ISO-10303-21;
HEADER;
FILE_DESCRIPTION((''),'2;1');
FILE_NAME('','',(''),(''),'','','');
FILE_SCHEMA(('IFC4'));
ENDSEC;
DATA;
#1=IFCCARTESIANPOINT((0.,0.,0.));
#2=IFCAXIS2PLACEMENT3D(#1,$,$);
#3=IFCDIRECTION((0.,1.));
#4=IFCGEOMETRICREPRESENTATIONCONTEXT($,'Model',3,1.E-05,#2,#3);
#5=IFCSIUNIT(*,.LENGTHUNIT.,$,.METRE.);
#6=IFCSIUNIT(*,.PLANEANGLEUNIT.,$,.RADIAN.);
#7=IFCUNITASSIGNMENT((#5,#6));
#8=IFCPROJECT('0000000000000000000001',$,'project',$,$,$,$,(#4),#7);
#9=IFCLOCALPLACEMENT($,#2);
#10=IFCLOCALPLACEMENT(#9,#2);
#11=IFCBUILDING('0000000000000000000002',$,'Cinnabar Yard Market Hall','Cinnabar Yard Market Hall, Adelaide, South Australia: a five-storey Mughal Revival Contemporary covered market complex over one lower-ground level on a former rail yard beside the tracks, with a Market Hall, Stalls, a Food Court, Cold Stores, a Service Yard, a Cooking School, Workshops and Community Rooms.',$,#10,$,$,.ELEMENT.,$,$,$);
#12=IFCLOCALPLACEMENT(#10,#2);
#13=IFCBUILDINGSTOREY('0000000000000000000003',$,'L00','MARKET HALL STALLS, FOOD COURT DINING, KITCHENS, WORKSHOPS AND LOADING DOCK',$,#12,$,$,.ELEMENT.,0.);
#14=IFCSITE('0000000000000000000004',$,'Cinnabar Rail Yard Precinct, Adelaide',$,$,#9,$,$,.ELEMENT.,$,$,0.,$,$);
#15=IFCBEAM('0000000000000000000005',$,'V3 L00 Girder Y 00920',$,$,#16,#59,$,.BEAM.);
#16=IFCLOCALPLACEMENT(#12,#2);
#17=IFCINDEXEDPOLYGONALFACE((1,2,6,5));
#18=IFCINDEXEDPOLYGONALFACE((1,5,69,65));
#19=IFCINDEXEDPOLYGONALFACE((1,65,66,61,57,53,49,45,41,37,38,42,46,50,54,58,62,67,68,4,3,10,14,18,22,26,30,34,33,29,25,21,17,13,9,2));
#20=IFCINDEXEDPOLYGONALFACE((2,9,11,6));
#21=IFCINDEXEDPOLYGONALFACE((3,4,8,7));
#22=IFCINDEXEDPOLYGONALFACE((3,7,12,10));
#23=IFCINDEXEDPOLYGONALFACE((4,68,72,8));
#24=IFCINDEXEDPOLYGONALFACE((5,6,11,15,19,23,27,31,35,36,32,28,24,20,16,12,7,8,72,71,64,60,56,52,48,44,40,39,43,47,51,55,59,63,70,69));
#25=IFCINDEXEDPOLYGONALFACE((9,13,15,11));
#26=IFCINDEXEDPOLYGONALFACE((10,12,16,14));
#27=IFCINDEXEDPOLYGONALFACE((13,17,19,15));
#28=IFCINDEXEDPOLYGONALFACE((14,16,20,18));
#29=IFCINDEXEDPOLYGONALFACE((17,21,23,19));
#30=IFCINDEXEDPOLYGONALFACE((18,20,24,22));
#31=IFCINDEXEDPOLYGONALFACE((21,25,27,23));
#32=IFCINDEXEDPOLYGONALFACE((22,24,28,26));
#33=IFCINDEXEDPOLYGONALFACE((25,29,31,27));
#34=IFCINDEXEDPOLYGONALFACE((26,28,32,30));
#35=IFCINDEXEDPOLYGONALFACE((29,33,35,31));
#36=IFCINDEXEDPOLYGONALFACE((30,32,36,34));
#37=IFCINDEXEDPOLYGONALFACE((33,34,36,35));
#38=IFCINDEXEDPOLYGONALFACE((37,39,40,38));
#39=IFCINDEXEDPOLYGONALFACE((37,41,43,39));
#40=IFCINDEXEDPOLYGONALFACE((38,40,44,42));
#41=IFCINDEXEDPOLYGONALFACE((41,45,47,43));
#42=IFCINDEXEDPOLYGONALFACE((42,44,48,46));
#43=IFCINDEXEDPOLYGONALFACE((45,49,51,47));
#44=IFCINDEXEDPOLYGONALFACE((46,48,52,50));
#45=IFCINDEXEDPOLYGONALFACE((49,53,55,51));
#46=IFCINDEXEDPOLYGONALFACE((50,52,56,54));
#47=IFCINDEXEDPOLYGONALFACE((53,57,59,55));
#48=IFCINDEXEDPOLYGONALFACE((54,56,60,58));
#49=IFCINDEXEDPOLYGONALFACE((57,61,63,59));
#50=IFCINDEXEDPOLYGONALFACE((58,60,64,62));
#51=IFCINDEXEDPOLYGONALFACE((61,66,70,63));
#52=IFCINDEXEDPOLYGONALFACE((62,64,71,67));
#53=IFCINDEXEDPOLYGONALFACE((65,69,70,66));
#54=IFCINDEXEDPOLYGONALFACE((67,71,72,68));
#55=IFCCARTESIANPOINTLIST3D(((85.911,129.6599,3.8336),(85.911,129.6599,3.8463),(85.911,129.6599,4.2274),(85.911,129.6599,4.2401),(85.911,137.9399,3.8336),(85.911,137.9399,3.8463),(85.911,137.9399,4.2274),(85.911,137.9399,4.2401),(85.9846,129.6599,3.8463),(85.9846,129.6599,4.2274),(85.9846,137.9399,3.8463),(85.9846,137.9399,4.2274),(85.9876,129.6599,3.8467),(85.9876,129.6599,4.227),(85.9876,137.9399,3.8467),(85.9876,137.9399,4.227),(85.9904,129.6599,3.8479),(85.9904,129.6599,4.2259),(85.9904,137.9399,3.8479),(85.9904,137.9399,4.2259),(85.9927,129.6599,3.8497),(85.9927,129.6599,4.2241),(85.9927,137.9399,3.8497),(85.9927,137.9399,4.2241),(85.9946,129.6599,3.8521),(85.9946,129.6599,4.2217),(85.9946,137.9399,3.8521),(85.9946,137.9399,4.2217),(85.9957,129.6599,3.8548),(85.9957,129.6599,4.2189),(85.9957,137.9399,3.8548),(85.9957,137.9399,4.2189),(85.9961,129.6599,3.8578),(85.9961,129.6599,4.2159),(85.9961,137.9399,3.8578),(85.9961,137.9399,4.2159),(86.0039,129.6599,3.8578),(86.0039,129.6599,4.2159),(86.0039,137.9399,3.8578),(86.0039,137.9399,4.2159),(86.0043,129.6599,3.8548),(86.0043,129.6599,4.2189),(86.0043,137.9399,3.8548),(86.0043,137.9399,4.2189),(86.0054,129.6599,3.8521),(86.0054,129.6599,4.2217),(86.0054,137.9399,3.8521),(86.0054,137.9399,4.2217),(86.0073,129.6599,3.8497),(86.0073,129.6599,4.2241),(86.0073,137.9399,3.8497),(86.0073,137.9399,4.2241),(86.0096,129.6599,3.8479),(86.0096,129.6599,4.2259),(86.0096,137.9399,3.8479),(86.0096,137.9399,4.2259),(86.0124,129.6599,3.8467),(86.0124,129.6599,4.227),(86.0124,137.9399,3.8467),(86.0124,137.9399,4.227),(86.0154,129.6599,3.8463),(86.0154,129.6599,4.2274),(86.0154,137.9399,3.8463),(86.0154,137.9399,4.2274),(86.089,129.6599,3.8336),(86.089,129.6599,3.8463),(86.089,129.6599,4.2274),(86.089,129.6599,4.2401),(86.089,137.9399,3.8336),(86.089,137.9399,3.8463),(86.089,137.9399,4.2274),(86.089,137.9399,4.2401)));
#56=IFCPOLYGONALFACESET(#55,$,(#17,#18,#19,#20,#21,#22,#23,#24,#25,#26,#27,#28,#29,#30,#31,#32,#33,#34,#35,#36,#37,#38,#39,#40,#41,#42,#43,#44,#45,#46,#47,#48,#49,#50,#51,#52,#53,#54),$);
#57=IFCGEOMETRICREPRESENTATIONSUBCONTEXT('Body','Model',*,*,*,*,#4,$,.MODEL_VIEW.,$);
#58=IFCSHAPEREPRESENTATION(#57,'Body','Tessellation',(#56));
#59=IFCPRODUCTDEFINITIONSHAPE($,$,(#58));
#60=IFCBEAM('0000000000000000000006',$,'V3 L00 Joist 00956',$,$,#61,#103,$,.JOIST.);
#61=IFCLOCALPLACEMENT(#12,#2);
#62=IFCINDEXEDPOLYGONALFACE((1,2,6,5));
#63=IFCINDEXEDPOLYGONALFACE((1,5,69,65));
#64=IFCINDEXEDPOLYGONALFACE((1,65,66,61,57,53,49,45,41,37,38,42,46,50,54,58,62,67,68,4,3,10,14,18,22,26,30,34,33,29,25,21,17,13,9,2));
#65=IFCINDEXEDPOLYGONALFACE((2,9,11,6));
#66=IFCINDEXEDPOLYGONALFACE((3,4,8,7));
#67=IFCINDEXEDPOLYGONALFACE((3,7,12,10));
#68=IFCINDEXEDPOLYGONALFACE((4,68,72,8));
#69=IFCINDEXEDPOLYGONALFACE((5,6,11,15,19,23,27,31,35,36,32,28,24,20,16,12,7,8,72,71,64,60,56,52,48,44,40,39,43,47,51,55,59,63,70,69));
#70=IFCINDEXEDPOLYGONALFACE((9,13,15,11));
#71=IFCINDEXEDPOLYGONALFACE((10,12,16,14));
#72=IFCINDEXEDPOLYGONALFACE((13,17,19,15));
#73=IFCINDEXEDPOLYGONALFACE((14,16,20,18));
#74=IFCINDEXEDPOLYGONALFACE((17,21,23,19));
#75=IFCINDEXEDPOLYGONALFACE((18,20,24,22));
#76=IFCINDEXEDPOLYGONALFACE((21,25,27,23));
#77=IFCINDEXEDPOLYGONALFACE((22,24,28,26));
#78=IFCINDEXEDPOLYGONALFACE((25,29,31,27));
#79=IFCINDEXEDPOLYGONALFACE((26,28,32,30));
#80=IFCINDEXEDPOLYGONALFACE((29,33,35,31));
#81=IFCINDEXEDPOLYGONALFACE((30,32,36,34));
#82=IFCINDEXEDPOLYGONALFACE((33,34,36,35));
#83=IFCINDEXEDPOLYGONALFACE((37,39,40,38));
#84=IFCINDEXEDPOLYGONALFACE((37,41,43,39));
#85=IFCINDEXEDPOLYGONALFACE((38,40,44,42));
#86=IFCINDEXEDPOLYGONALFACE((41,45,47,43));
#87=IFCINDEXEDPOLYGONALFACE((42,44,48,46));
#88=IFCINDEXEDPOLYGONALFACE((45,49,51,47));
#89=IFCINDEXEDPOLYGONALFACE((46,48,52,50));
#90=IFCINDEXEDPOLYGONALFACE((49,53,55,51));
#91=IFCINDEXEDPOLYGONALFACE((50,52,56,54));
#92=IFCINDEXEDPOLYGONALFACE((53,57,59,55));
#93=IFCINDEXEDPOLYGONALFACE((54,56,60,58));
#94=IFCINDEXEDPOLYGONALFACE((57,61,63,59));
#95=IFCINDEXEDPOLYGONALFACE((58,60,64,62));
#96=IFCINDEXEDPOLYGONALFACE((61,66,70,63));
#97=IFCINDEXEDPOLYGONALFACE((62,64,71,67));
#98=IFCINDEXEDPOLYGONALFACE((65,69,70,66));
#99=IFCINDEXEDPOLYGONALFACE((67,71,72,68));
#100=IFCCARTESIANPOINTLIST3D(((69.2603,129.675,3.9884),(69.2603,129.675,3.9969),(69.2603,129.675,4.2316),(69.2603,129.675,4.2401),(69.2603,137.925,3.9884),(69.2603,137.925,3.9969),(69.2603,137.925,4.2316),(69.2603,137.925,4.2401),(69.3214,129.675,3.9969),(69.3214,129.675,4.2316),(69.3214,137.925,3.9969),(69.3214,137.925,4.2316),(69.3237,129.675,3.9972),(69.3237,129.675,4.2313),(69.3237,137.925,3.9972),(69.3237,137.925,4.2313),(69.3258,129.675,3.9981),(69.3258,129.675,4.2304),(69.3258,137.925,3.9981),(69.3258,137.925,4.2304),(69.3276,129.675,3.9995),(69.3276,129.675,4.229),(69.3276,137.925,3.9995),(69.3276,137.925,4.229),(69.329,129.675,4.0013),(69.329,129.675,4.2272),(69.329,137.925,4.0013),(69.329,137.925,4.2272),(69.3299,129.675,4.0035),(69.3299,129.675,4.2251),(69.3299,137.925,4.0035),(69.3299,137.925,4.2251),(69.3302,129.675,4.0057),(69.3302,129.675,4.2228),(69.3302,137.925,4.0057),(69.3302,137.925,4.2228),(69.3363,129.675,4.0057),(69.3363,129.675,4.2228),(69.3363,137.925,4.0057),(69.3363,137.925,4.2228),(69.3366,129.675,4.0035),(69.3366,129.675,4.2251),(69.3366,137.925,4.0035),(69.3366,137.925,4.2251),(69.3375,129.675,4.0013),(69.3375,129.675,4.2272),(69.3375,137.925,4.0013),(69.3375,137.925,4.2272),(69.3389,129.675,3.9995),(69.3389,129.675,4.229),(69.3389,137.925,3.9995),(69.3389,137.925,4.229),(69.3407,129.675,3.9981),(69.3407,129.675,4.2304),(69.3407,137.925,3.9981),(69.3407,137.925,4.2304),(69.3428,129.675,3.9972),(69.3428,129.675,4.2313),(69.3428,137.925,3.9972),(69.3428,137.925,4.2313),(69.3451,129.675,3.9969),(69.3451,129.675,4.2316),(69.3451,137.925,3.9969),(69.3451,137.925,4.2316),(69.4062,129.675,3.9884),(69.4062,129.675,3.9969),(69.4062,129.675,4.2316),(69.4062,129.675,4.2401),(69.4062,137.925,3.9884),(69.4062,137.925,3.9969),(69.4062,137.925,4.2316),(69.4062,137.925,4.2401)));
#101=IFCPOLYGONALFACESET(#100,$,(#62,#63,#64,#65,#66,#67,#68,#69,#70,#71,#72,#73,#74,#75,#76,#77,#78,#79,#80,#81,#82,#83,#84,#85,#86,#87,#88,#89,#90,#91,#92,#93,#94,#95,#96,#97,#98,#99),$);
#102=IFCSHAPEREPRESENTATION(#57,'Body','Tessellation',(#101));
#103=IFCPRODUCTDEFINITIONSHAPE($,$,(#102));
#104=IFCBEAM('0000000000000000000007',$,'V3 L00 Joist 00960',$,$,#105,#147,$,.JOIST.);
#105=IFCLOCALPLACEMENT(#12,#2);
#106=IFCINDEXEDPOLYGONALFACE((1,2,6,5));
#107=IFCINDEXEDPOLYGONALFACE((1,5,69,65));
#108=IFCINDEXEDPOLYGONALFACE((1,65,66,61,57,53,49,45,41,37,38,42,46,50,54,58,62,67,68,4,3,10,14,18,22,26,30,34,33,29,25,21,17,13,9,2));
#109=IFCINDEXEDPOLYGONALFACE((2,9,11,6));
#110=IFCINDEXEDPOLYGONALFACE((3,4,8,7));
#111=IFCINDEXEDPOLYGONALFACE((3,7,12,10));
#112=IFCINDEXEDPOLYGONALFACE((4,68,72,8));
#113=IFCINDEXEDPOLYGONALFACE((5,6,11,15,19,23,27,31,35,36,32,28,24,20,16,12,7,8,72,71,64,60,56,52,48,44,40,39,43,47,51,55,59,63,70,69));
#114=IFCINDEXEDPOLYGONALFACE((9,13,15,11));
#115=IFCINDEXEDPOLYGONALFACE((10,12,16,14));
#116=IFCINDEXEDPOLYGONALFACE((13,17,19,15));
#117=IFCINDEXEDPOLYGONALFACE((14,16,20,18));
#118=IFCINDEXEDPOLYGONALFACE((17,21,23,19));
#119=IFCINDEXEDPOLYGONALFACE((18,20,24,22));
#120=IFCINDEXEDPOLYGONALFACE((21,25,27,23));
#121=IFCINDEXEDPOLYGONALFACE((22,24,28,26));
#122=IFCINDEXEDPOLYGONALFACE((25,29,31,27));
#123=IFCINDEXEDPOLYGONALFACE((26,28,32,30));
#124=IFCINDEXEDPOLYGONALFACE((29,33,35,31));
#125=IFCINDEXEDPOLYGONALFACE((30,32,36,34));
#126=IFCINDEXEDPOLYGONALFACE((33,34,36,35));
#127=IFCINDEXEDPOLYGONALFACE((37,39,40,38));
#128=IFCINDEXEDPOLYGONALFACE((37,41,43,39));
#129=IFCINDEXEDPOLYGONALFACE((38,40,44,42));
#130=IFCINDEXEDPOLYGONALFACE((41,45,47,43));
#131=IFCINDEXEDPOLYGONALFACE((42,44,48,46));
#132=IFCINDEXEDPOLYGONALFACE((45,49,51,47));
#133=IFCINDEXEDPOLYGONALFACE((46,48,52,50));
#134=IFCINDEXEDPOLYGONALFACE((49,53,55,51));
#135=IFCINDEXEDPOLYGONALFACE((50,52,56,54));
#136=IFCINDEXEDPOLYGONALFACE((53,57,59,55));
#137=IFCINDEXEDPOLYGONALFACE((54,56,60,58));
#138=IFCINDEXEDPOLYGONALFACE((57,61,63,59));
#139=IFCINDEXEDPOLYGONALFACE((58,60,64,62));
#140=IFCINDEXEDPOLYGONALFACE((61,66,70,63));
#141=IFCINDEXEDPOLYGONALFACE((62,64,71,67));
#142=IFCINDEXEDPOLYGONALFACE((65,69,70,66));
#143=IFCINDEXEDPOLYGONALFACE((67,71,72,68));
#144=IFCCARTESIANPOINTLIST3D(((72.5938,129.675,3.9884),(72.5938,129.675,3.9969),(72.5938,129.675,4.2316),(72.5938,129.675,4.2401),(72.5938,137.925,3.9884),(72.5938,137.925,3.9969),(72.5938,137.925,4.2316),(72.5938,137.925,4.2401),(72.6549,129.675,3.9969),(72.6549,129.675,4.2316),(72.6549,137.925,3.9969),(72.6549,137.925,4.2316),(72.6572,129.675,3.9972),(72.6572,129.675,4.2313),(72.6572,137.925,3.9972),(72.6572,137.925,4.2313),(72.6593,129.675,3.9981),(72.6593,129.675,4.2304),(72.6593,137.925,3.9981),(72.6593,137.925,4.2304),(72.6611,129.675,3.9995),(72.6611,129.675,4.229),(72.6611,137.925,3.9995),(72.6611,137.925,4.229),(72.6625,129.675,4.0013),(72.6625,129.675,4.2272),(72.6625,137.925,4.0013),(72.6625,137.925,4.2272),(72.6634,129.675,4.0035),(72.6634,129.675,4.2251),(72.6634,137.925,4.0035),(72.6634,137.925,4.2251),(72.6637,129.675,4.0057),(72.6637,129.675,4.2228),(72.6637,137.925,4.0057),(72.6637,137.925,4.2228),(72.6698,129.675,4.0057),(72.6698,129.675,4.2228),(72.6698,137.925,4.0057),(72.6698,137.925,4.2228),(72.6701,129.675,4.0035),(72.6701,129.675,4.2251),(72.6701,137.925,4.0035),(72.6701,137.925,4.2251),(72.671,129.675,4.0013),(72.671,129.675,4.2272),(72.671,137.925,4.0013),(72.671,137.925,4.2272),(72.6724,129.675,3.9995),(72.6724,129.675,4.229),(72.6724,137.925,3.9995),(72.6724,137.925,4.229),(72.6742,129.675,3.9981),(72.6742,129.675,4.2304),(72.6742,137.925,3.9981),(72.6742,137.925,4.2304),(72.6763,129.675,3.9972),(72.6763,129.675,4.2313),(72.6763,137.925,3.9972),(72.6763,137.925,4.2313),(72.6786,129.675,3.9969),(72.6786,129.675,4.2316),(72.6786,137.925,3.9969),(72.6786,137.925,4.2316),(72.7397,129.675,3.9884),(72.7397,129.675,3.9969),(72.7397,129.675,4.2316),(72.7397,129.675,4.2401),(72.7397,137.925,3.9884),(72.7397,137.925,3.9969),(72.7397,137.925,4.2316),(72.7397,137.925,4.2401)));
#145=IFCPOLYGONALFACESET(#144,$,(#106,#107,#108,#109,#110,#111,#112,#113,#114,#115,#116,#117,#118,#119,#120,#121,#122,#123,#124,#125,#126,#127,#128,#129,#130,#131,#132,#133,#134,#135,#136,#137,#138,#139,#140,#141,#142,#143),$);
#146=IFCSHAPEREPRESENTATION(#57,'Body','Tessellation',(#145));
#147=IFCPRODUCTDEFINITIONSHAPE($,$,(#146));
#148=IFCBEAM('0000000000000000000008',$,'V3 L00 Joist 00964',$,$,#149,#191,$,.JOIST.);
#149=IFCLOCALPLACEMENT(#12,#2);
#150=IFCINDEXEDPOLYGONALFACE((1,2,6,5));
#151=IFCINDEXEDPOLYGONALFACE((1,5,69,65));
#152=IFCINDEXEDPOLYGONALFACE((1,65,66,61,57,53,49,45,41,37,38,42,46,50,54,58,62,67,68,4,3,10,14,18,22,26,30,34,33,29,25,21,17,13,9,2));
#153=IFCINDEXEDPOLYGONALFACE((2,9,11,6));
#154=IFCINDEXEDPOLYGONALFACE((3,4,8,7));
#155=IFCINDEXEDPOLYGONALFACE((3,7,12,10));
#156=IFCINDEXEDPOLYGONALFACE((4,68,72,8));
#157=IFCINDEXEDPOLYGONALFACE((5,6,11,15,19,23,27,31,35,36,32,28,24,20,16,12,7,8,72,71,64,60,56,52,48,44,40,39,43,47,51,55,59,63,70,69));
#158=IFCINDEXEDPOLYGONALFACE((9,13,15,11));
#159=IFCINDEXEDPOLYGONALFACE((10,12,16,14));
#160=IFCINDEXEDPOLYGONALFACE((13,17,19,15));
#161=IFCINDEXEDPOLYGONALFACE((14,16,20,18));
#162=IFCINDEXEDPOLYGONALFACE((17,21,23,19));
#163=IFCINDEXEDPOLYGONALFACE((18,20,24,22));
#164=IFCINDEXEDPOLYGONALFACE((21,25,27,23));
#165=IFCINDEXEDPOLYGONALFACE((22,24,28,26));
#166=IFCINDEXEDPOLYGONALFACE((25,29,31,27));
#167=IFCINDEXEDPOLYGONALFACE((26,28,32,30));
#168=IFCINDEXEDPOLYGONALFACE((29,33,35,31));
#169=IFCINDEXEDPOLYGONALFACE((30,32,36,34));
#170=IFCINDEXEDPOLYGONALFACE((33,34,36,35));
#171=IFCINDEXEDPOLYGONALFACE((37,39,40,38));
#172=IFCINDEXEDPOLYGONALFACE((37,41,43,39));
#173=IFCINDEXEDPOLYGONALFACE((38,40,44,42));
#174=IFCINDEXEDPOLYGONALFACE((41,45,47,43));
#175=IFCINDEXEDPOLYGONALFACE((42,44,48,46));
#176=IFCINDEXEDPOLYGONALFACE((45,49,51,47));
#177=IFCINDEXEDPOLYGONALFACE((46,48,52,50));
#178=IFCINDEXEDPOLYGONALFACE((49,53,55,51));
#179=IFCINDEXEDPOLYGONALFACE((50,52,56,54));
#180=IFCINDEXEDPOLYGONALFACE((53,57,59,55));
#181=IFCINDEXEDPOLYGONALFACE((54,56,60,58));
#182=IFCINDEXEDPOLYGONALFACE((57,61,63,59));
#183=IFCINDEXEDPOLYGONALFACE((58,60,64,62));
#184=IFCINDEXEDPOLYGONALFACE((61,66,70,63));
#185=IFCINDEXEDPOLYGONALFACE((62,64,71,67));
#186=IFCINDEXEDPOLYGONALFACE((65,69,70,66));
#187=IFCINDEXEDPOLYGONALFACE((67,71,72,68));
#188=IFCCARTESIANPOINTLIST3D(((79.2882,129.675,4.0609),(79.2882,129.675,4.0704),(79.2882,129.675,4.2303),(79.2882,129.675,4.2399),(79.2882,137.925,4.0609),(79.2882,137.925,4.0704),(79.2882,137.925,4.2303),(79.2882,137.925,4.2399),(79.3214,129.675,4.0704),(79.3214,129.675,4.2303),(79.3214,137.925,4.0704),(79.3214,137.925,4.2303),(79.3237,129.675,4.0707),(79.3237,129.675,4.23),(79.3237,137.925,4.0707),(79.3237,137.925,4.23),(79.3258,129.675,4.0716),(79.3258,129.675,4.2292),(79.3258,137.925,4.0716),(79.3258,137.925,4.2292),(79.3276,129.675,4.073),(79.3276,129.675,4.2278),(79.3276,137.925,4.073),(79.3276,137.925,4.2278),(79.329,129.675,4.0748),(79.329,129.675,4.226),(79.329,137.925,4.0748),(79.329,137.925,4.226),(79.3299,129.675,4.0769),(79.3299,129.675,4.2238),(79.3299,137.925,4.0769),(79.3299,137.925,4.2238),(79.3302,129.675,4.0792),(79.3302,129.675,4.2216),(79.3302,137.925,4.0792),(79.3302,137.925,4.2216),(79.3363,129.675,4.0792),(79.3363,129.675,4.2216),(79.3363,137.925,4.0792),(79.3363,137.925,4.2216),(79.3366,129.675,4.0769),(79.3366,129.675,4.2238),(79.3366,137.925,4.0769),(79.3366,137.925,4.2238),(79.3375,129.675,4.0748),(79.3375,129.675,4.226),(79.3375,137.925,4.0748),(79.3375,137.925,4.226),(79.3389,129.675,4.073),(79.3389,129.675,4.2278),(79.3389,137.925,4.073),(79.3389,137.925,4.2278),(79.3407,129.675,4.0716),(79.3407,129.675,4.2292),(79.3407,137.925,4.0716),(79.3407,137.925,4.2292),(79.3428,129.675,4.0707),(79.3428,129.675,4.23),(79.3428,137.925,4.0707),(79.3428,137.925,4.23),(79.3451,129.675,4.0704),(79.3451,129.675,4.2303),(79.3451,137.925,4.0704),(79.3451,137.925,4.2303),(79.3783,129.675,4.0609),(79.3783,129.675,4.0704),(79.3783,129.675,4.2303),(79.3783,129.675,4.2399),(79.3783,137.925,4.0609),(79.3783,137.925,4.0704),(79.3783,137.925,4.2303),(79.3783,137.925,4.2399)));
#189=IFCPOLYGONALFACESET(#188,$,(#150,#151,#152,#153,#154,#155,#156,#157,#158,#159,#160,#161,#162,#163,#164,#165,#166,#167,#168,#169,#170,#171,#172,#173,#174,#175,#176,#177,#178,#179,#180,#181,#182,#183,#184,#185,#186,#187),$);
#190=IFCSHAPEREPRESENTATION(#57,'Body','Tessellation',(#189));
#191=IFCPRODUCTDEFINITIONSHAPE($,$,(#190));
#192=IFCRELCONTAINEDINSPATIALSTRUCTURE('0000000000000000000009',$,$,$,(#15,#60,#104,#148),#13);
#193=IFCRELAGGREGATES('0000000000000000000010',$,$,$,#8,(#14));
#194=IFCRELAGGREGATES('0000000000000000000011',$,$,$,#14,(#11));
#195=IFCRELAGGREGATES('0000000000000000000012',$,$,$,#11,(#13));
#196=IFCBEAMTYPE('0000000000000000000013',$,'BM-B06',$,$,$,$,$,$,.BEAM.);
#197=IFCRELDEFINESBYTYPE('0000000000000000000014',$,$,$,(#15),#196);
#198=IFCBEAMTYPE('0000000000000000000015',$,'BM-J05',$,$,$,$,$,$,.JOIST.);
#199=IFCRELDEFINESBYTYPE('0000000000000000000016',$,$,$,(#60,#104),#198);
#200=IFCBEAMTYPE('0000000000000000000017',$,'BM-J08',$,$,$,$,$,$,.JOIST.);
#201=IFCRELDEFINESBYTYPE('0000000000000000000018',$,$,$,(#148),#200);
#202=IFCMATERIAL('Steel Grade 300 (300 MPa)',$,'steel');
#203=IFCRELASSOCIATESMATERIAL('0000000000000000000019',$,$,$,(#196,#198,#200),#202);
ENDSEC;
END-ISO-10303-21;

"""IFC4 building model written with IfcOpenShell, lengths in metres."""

from ifc_helpers import new_model, si_unit, direction, frame, origin, origin_2d_with_axis, place, context, subcontext, project, spatial, i_section, extrude, material, material_profile, profile_set, type_object, element, save


model = new_model("IFC4")

# Units and contexts
model_context = context("Model", 3, precision=1e-05, world=origin(), true_north=direction((0.0, 1.0)))
body_context = subcontext(model_context, "Body", "Model", "MODEL_VIEW")
ifc_project = project(units=[si_unit("LENGTHUNIT", "METRE"), si_unit("PLANEANGLEUNIT", "RADIAN")], contexts=[model_context])

# Site, building, storey
site_placement = place(None, origin())
site = spatial("IfcSite", under=ifc_project, at=site_placement, Name="Cinnabar Rail Yard Precinct, Adelaide", CompositionType="ELEMENT", RefElevation=0.0)
building_placement = place(site_placement, origin())
building = spatial("IfcBuilding", under=site, at=building_placement, Name="Cinnabar Yard Market Hall", Description="Cinnabar Yard Market Hall, Adelaide, South Australia: a five-storey Mughal Revival Contemporary covered market complex over one lower-ground level on a former rail yard beside the tracks, with a Market Hall, Stalls, a Food Court, Cold Stores, a Service Yard, a Cooking School, Workshops and Community Rooms.", CompositionType="ELEMENT")
storey_placement = place(building_placement, origin())
storey = spatial("IfcBuildingStorey", under=building, at=storey_placement, Name="L00", Description="MARKET HALL STALLS, FOOD COURT DINING, KITCHENS, WORKSHOPS AND LOADING DOCK", CompositionType="ELEMENT", Elevation=0.0)

# Shared definitions
ifc_material_1 = material(Name="Steel Grade 300 (300 MPa)", Category="steel")

# Beams
ifc_material_profile_1 = material_profile(ifc_material_1, i_section(OverallWidth=0.178, OverallDepth=0.4065, WebThickness=0.0078, FlangeThickness=0.0127, FilletRadius=0.0115, at=origin_2d_with_axis()), Name="410UB59.7")
ifc_profile_set_1 = profile_set([ifc_material_profile_1], Name="Steel Grade 300 (300 MPa)")
beam_type_1 = type_object("IfcBeamType", Name="BM-B06", PredefinedType="BEAM", material=ifc_profile_set_1)
for number, where, z_axis, x_axis, name in (
    (1, (86.0, 129.6599, 4.0369), (0.0, 1.0, 0.0), (-1.0, 0.0, 0.0), "V3 L00 Girder Y 00920"),
):
    element("IfcBeam", number, at=place(storey_placement, frame(where, z_axis=z_axis, x_axis=x_axis)), inside=storey, type_object=beam_type_1, Name=name, PredefinedType="BEAM", context=body_context, shape_type="SweptSolid", body=[
        extrude(i_section(OverallWidth=0.178, OverallDepth=0.4065, WebThickness=0.0078, FlangeThickness=0.0127, FilletRadius=0.0115, at=origin_2d_with_axis()), origin(), (0.0, 0.0, 1.0), 8.28),
    ])
ifc_material_profile_2 = material_profile(ifc_material_1, i_section(OverallWidth=0.146, OverallDepth=0.2517, WebThickness=0.0061, FlangeThickness=0.0085, FilletRadius=0.0088, at=origin_2d_with_axis()), Name="250UB31.4")
ifc_profile_set_2 = profile_set([ifc_material_profile_2], Name="Steel Grade 300 (300 MPa)")
beam_type_2 = type_object("IfcBeamType", Name="BM-J05", PredefinedType="JOIST", material=ifc_profile_set_2)
for number, where, z_axis, x_axis, name in (
    (2, (69.3333, 129.675, 4.1143), (0.0, 1.0, 0.0), (-1.0, 0.0, 0.0), "V3 L00 Joist 00956"),
    (3, (72.6667, 129.675, 4.1143), (0.0, 1.0, 0.0), (-1.0, 0.0, 0.0), "V3 L00 Joist 00960"),
):
    element("IfcBeam", number, at=place(storey_placement, frame(where, z_axis=z_axis, x_axis=x_axis)), inside=storey, type_object=beam_type_2, Name=name, PredefinedType="JOIST", context=body_context, shape_type="SweptSolid", body=[
        extrude(i_section(OverallWidth=0.146, OverallDepth=0.2517, WebThickness=0.0061, FlangeThickness=0.0085, FilletRadius=0.0088, at=origin_2d_with_axis()), origin(), (0.0, 0.0, 1.0), 8.25),
    ])
ifc_material_profile_3 = material_profile(ifc_material_1, i_section(OverallWidth=0.0901, OverallDepth=0.179, WebThickness=0.0061, FlangeThickness=0.0095, FilletRadius=0.0088, at=origin_2d_with_axis()), Name="180UB22.2")
ifc_profile_set_3 = profile_set([ifc_material_profile_3], Name="Steel Grade 300 (300 MPa)")
beam_type_3 = type_object("IfcBeamType", Name="BM-J08", PredefinedType="JOIST", material=ifc_profile_set_3)
for number, where, z_axis, x_axis, name in (
    (4, (79.3333, 129.675, 4.1504), (0.0, 1.0, 0.0), (-1.0, 0.0, 0.0), "V3 L00 Joist 00964"),
):
    element("IfcBeam", number, at=place(storey_placement, frame(where, z_axis=z_axis, x_axis=x_axis)), inside=storey, type_object=beam_type_3, Name=name, PredefinedType="JOIST", context=body_context, shape_type="SweptSolid", body=[
        extrude(i_section(OverallWidth=0.0901, OverallDepth=0.179, WebThickness=0.0061, FlangeThickness=0.0095, FilletRadius=0.0088, at=origin_2d_with_axis()), origin(), (0.0, 0.0, 1.0), 8.25),
    ])

save(model, "model.ifc")
